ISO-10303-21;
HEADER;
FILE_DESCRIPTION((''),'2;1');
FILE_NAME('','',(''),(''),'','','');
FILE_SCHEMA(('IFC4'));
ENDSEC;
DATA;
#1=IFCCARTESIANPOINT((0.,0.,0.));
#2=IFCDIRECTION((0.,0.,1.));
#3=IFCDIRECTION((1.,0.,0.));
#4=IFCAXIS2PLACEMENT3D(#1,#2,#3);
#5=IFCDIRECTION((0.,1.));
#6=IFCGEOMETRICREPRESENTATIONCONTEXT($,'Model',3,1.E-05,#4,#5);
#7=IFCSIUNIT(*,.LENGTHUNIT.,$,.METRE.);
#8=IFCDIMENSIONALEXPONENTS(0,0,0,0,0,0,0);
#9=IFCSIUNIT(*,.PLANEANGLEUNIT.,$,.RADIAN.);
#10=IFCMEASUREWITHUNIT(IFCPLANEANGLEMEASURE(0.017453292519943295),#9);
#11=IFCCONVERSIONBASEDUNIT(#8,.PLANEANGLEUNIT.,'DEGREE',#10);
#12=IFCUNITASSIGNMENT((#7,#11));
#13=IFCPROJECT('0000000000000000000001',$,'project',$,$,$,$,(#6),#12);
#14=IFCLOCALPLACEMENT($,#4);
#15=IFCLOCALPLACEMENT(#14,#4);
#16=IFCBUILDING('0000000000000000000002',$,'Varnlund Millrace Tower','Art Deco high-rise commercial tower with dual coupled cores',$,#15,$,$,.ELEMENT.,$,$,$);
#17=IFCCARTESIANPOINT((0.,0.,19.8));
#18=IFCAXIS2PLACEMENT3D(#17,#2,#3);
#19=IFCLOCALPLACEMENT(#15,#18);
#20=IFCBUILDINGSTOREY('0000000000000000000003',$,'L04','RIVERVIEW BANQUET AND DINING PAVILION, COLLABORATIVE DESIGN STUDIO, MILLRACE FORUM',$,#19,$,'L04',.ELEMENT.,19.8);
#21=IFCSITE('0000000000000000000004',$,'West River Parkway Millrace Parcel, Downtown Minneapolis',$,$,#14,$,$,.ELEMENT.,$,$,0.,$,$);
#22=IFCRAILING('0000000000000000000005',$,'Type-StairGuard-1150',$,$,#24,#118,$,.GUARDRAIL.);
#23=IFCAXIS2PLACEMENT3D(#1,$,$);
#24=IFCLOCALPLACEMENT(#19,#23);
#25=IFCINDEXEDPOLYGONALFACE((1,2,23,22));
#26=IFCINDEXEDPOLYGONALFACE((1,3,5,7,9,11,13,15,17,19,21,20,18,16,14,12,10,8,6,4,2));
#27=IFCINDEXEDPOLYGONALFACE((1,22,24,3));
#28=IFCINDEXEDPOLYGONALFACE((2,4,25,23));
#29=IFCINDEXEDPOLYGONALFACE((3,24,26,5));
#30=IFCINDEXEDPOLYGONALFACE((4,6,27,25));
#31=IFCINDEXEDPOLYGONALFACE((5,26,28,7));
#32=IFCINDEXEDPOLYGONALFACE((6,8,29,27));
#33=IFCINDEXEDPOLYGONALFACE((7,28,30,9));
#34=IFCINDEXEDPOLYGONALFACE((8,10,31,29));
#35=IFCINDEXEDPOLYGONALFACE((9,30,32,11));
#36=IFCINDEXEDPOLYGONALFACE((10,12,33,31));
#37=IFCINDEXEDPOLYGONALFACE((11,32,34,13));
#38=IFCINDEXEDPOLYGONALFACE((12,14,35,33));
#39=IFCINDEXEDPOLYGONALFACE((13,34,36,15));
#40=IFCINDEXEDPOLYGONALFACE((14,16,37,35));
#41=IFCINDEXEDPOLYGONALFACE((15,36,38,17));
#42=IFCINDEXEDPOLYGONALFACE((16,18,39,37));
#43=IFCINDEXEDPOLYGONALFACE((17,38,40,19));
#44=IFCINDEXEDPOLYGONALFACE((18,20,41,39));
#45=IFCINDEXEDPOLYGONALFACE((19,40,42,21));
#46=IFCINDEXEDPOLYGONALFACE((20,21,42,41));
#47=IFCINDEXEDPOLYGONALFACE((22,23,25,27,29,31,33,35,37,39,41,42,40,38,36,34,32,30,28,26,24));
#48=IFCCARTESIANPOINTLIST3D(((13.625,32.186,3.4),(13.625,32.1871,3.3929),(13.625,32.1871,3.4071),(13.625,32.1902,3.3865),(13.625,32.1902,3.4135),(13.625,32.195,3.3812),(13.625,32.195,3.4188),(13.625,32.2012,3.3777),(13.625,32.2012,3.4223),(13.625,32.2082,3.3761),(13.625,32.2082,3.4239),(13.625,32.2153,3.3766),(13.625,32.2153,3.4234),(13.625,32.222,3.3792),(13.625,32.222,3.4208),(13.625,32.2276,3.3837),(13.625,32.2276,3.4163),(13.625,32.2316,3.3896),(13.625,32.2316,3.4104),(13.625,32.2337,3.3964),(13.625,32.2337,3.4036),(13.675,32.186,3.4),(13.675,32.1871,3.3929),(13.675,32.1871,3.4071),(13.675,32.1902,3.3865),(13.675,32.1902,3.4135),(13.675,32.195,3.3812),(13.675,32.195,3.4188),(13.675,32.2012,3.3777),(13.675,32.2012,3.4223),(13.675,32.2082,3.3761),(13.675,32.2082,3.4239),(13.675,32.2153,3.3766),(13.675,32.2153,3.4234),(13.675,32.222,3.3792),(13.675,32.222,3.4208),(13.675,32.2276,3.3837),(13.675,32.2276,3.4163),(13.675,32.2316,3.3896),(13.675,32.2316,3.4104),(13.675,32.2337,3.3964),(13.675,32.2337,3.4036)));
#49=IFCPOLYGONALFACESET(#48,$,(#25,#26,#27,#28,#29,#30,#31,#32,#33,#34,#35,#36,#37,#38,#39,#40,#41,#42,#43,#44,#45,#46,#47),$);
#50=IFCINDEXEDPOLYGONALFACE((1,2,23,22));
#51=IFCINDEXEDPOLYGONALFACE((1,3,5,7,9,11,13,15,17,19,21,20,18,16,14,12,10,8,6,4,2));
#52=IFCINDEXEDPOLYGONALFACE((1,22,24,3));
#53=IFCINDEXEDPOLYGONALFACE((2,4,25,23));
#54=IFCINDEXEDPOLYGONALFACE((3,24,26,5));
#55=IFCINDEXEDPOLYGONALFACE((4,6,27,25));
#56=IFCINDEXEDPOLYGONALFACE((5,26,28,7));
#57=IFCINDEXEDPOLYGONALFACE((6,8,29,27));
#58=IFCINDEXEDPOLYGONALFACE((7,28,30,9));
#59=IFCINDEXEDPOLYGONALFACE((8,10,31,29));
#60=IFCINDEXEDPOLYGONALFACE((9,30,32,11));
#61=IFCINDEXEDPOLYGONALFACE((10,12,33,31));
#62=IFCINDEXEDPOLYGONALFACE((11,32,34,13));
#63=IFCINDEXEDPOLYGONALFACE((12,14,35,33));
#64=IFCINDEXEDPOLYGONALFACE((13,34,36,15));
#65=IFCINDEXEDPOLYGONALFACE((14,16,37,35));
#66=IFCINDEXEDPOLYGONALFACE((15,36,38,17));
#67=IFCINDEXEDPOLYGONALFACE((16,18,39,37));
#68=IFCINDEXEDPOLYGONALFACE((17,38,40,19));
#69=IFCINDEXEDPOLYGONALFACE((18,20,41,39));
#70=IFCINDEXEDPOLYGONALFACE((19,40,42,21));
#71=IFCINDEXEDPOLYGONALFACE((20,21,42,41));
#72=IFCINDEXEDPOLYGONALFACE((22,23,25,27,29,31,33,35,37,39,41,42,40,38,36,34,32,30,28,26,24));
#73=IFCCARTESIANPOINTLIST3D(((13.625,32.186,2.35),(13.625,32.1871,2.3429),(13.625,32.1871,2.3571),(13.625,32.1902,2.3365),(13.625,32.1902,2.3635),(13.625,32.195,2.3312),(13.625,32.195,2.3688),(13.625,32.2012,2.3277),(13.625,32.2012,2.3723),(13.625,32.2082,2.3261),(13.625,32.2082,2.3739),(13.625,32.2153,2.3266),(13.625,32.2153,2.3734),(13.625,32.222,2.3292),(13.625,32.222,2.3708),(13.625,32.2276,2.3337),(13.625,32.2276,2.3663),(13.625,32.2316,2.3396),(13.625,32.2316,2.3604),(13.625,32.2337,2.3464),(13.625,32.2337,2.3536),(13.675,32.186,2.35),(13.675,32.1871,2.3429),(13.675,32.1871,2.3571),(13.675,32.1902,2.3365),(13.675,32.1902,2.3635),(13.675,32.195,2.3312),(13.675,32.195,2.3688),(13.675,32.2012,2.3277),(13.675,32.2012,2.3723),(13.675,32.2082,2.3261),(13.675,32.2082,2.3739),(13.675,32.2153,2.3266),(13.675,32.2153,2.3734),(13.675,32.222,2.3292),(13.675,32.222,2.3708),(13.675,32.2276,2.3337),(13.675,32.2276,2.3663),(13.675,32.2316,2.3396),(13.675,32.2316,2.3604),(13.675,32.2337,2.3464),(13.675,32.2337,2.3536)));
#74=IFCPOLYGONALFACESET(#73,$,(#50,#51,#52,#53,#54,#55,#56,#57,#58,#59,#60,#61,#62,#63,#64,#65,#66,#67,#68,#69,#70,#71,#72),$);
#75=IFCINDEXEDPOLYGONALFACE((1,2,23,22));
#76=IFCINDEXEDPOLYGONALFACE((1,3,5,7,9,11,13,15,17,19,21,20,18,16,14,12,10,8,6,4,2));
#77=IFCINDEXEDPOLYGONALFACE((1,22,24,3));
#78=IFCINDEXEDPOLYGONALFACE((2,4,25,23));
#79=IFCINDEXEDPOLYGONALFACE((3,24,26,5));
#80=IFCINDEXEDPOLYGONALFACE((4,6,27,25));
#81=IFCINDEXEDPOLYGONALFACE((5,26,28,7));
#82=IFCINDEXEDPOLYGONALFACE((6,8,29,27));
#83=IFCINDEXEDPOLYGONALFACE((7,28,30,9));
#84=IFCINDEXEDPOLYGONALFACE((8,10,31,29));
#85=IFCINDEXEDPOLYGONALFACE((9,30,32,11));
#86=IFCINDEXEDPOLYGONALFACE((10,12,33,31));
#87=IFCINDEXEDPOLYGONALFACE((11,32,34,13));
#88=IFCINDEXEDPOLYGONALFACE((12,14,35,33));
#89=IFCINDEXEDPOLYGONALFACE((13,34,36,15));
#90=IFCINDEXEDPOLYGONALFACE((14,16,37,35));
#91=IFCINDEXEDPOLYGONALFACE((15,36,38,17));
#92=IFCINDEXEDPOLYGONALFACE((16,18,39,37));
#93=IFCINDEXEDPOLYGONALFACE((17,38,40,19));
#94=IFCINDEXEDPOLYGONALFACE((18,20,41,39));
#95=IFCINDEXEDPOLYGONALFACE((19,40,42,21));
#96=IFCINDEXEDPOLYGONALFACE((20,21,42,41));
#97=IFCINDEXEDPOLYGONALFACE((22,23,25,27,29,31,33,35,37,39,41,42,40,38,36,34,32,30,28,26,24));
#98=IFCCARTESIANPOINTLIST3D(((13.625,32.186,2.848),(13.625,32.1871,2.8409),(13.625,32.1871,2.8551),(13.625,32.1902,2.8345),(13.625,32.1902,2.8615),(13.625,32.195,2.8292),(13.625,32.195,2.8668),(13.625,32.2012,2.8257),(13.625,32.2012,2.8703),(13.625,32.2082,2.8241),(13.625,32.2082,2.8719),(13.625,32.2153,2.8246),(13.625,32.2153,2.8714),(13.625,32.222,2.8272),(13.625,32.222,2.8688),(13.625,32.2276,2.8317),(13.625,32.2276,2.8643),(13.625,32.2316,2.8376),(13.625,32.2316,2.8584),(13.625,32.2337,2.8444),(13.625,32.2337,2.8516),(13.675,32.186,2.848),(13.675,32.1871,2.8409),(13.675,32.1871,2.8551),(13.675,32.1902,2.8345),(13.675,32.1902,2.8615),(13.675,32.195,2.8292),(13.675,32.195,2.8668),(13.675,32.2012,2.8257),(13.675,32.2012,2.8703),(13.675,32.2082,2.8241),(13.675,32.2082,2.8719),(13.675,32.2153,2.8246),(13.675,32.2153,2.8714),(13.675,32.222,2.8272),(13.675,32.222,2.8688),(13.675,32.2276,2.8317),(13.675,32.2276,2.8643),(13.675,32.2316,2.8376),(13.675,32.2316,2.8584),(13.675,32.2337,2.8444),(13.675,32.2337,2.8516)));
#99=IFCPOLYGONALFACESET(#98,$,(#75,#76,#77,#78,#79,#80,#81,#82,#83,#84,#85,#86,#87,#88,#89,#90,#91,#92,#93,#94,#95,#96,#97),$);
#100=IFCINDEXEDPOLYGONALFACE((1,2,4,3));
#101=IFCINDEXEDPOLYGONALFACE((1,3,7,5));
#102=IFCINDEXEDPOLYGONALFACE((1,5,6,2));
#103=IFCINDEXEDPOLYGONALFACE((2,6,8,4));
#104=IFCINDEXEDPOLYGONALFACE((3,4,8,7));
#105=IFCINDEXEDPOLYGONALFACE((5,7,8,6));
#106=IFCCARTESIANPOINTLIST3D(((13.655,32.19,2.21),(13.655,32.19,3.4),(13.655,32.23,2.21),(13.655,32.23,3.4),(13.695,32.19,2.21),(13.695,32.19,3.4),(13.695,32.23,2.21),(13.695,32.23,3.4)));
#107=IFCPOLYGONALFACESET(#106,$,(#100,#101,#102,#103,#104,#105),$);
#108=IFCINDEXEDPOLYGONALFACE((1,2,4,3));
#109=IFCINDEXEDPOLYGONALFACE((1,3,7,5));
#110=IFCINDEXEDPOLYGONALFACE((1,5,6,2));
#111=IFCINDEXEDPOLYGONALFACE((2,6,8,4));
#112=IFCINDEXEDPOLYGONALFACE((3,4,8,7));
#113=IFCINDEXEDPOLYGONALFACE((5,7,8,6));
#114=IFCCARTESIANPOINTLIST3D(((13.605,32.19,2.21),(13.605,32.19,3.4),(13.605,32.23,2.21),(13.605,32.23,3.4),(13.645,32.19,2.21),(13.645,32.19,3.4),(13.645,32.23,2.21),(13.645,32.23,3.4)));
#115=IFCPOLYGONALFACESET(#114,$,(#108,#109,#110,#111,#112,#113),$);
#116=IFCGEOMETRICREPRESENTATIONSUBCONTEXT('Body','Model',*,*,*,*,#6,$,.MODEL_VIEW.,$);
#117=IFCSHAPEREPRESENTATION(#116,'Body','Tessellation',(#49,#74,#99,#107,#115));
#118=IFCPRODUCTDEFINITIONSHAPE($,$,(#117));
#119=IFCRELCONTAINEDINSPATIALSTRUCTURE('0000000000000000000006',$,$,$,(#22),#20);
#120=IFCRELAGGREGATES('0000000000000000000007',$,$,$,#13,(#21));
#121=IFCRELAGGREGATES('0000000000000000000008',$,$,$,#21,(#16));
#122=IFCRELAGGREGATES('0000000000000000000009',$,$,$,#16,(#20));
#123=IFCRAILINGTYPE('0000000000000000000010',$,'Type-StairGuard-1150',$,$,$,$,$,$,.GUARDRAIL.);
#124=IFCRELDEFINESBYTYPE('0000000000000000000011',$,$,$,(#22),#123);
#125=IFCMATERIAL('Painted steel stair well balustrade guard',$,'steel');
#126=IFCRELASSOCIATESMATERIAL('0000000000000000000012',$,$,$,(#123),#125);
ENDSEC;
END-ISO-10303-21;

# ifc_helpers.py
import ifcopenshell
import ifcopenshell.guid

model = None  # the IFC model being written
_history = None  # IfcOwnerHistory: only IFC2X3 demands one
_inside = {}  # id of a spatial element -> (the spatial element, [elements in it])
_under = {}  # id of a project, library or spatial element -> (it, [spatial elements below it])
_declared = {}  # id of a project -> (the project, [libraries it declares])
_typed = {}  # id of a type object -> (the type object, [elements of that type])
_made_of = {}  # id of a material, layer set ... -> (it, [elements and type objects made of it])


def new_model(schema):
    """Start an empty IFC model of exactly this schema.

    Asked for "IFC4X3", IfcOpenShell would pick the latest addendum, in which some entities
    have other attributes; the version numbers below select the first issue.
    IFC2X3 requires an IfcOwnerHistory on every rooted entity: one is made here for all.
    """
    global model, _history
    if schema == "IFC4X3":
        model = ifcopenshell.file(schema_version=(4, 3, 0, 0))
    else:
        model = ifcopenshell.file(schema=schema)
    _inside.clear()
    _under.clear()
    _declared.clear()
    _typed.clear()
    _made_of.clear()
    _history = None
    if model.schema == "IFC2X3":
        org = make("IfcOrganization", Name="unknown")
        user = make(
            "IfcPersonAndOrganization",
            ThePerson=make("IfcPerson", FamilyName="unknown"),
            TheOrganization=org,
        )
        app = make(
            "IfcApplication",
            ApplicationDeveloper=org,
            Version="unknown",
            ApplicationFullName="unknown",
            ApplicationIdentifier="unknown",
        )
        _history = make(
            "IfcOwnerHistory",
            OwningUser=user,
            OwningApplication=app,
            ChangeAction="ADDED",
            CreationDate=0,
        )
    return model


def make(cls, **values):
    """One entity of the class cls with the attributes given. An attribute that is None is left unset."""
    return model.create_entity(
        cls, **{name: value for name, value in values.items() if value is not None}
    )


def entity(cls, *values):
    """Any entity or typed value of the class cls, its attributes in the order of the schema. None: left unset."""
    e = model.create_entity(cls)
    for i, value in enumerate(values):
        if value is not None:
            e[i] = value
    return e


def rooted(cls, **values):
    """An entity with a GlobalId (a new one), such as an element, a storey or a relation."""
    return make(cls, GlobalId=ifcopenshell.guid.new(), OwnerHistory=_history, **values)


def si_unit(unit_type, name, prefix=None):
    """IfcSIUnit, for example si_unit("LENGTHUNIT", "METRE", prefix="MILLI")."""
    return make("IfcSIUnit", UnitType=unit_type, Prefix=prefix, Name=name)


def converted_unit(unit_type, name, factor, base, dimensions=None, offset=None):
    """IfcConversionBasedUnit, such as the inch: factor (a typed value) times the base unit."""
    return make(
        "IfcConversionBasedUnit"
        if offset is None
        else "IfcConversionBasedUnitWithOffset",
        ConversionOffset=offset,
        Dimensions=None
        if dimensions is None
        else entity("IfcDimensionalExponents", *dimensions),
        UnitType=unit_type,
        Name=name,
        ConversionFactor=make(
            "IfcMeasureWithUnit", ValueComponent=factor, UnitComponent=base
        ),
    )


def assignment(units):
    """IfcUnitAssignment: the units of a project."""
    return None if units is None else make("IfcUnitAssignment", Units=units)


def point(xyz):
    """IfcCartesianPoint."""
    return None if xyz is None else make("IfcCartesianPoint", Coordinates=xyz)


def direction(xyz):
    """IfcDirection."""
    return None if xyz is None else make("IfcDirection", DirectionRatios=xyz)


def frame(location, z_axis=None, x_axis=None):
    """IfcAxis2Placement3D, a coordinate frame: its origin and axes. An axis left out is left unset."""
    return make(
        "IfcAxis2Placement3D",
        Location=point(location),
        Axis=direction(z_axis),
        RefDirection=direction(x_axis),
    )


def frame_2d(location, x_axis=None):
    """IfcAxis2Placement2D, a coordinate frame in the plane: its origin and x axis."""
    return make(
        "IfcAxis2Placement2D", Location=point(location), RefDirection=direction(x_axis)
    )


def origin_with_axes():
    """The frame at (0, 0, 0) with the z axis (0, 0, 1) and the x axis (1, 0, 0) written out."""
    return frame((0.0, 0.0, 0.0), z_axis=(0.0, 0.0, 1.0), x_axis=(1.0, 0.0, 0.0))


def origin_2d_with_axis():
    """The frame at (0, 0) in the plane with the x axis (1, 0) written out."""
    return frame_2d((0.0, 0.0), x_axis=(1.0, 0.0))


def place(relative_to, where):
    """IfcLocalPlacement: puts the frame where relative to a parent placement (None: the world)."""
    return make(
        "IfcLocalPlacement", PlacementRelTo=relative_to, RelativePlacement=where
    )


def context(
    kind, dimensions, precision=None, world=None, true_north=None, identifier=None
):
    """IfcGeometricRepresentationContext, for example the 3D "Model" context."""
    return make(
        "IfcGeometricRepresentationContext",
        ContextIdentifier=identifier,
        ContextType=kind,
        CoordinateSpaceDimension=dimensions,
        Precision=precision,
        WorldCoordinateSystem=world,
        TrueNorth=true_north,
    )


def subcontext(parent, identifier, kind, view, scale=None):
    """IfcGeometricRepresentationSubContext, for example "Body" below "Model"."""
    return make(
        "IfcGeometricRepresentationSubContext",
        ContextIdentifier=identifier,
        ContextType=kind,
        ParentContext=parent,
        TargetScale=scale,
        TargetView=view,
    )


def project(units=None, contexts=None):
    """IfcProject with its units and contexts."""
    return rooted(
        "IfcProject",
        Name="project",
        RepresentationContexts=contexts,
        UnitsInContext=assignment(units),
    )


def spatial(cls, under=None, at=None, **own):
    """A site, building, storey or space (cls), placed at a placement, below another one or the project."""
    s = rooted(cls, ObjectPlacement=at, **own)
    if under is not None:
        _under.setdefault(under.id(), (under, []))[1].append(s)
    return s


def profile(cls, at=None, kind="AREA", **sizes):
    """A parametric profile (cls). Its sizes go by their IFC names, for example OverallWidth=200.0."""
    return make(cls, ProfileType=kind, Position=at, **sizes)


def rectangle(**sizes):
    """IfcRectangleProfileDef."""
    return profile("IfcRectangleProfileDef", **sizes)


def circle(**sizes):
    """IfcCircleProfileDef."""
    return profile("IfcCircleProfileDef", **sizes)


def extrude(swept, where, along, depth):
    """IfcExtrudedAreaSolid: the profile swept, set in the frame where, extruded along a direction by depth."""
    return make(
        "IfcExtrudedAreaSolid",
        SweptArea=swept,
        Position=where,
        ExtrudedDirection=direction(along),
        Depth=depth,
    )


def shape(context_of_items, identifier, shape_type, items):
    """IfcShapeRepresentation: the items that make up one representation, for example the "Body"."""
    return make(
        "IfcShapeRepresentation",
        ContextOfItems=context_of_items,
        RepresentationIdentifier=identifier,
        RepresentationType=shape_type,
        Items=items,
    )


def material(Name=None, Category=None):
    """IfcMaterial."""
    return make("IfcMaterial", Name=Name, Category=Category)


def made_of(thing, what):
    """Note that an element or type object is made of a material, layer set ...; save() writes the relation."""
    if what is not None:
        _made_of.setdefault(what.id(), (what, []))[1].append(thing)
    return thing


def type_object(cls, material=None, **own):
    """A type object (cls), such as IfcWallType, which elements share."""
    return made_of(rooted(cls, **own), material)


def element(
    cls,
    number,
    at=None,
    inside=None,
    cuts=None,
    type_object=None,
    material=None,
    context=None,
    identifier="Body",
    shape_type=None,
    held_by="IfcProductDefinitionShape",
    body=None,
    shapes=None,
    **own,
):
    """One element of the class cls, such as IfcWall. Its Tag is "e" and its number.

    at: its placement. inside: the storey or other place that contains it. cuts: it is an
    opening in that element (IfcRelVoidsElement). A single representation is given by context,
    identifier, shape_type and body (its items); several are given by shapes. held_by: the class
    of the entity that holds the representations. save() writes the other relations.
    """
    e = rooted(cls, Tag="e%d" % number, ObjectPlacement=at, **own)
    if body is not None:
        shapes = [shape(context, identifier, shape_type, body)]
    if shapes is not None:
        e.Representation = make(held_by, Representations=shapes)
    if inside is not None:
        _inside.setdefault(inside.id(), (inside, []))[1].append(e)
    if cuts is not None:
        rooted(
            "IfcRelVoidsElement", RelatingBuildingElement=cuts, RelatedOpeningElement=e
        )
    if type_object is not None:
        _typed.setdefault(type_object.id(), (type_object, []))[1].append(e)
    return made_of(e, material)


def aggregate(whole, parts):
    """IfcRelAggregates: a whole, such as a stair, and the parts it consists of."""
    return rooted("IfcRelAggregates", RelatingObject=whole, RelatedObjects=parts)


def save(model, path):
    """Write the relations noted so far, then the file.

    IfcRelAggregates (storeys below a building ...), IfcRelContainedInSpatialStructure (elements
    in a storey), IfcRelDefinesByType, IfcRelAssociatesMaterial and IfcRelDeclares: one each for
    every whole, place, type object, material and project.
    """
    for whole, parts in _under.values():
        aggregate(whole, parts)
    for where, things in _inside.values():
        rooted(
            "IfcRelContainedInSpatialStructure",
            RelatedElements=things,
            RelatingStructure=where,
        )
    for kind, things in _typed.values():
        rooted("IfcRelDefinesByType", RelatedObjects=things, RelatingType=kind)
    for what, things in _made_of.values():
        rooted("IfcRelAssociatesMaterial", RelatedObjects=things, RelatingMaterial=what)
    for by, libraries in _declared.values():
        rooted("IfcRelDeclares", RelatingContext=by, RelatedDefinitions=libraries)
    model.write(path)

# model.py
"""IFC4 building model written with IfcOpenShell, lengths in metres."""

from ifc_helpers import new_model, entity, si_unit, converted_unit, direction, frame, origin_with_axes, origin_2d_with_axis, place, context, subcontext, project, spatial, rectangle, circle, extrude, material, type_object, element, save


model = new_model("IFC4")

# Units and contexts
model_context = context("Model", 3, precision=1e-05, world=origin_with_axes(), true_north=direction((0.0, 1.0)))
body_context = subcontext(model_context, "Body", "Model", "MODEL_VIEW")
ifc_project = project(units=[si_unit("LENGTHUNIT", "METRE"), converted_unit("PLANEANGLEUNIT", "DEGREE", entity("IfcPlaneAngleMeasure", 0.017453292519943295), si_unit("PLANEANGLEUNIT", "RADIAN"), dimensions=[0, 0, 0, 0, 0, 0, 0])], contexts=[model_context])

# Site, building, storey
site_placement = place(None, origin_with_axes())
site = spatial("IfcSite", under=ifc_project, at=site_placement, Name="West River Parkway Millrace Parcel, Downtown Minneapolis", CompositionType="ELEMENT", RefElevation=0.0)
building_placement = place(site_placement, origin_with_axes())
building = spatial("IfcBuilding", under=site, at=building_placement, Name="Varnlund Millrace Tower", Description="Art Deco high-rise commercial tower with dual coupled cores", CompositionType="ELEMENT")
storey_placement = place(building_placement, frame((0.0, 0.0, 19.8), z_axis=(0.0, 0.0, 1.0), x_axis=(1.0, 0.0, 0.0)))
storey = spatial("IfcBuildingStorey", under=building, at=storey_placement, Name="L04", Description="RIVERVIEW BANQUET AND DINING PAVILION, COLLABORATIVE DESIGN STUDIO, MILLRACE FORUM", LongName="L04", CompositionType="ELEMENT", Elevation=19.8)

# Railing
ifc_material_1 = material(Name="Painted steel stair well balustrade guard", Category="steel")
railing_type_1 = type_object("IfcRailingType", Name="Type-StairGuard-1150", PredefinedType="GUARDRAIL", material=ifc_material_1)
railing_1_placement = place(storey_placement, frame((0.0, 0.0, -19.8), z_axis=(0.0, 0.0, 1.0), x_axis=(1.0, 0.0, 0.0)))
element("IfcRailing", 1, at=railing_1_placement, inside=storey, type_object=railing_type_1, Name="Type-StairGuard-1150", PredefinedType="GUARDRAIL", context=body_context, shape_type="SweptSolid", body=[
    extrude(circle(Radius=0.024, at=origin_2d_with_axis()), frame((13.675, 32.21, 23.2), z_axis=(-1.0, 0.0, 0.0), x_axis=(0.0, -1.0, 0.0)), (0.0, 0.0, 1.0), 0.05),
    extrude(circle(Radius=0.024, at=origin_2d_with_axis()), frame((13.675, 32.21, 22.15), z_axis=(-1.0, 0.0, 0.0), x_axis=(0.0, -1.0, 0.0)), (0.0, 0.0, 1.0), 0.05),
    extrude(circle(Radius=0.024, at=origin_2d_with_axis()), frame((13.675, 32.21, 22.648), z_axis=(-1.0, 0.0, 0.0), x_axis=(0.0, -1.0, 0.0)), (0.0, 0.0, 1.0), 0.05),
    extrude(rectangle(XDim=0.04, YDim=0.04, at=origin_2d_with_axis()), frame((13.675, 32.21, 22.01), z_axis=(0.0, 0.0, 1.0), x_axis=(1.0, 0.0, 0.0)), (0.0, 0.0, 1.0), 1.19),
    extrude(rectangle(XDim=0.04, YDim=0.04, at=origin_2d_with_axis()), frame((13.625, 32.21, 22.01), z_axis=(0.0, 0.0, 1.0), x_axis=(1.0, 0.0, 0.0)), (0.0, 0.0, 1.0), 1.19),
])

save(model, "model.ifc")
